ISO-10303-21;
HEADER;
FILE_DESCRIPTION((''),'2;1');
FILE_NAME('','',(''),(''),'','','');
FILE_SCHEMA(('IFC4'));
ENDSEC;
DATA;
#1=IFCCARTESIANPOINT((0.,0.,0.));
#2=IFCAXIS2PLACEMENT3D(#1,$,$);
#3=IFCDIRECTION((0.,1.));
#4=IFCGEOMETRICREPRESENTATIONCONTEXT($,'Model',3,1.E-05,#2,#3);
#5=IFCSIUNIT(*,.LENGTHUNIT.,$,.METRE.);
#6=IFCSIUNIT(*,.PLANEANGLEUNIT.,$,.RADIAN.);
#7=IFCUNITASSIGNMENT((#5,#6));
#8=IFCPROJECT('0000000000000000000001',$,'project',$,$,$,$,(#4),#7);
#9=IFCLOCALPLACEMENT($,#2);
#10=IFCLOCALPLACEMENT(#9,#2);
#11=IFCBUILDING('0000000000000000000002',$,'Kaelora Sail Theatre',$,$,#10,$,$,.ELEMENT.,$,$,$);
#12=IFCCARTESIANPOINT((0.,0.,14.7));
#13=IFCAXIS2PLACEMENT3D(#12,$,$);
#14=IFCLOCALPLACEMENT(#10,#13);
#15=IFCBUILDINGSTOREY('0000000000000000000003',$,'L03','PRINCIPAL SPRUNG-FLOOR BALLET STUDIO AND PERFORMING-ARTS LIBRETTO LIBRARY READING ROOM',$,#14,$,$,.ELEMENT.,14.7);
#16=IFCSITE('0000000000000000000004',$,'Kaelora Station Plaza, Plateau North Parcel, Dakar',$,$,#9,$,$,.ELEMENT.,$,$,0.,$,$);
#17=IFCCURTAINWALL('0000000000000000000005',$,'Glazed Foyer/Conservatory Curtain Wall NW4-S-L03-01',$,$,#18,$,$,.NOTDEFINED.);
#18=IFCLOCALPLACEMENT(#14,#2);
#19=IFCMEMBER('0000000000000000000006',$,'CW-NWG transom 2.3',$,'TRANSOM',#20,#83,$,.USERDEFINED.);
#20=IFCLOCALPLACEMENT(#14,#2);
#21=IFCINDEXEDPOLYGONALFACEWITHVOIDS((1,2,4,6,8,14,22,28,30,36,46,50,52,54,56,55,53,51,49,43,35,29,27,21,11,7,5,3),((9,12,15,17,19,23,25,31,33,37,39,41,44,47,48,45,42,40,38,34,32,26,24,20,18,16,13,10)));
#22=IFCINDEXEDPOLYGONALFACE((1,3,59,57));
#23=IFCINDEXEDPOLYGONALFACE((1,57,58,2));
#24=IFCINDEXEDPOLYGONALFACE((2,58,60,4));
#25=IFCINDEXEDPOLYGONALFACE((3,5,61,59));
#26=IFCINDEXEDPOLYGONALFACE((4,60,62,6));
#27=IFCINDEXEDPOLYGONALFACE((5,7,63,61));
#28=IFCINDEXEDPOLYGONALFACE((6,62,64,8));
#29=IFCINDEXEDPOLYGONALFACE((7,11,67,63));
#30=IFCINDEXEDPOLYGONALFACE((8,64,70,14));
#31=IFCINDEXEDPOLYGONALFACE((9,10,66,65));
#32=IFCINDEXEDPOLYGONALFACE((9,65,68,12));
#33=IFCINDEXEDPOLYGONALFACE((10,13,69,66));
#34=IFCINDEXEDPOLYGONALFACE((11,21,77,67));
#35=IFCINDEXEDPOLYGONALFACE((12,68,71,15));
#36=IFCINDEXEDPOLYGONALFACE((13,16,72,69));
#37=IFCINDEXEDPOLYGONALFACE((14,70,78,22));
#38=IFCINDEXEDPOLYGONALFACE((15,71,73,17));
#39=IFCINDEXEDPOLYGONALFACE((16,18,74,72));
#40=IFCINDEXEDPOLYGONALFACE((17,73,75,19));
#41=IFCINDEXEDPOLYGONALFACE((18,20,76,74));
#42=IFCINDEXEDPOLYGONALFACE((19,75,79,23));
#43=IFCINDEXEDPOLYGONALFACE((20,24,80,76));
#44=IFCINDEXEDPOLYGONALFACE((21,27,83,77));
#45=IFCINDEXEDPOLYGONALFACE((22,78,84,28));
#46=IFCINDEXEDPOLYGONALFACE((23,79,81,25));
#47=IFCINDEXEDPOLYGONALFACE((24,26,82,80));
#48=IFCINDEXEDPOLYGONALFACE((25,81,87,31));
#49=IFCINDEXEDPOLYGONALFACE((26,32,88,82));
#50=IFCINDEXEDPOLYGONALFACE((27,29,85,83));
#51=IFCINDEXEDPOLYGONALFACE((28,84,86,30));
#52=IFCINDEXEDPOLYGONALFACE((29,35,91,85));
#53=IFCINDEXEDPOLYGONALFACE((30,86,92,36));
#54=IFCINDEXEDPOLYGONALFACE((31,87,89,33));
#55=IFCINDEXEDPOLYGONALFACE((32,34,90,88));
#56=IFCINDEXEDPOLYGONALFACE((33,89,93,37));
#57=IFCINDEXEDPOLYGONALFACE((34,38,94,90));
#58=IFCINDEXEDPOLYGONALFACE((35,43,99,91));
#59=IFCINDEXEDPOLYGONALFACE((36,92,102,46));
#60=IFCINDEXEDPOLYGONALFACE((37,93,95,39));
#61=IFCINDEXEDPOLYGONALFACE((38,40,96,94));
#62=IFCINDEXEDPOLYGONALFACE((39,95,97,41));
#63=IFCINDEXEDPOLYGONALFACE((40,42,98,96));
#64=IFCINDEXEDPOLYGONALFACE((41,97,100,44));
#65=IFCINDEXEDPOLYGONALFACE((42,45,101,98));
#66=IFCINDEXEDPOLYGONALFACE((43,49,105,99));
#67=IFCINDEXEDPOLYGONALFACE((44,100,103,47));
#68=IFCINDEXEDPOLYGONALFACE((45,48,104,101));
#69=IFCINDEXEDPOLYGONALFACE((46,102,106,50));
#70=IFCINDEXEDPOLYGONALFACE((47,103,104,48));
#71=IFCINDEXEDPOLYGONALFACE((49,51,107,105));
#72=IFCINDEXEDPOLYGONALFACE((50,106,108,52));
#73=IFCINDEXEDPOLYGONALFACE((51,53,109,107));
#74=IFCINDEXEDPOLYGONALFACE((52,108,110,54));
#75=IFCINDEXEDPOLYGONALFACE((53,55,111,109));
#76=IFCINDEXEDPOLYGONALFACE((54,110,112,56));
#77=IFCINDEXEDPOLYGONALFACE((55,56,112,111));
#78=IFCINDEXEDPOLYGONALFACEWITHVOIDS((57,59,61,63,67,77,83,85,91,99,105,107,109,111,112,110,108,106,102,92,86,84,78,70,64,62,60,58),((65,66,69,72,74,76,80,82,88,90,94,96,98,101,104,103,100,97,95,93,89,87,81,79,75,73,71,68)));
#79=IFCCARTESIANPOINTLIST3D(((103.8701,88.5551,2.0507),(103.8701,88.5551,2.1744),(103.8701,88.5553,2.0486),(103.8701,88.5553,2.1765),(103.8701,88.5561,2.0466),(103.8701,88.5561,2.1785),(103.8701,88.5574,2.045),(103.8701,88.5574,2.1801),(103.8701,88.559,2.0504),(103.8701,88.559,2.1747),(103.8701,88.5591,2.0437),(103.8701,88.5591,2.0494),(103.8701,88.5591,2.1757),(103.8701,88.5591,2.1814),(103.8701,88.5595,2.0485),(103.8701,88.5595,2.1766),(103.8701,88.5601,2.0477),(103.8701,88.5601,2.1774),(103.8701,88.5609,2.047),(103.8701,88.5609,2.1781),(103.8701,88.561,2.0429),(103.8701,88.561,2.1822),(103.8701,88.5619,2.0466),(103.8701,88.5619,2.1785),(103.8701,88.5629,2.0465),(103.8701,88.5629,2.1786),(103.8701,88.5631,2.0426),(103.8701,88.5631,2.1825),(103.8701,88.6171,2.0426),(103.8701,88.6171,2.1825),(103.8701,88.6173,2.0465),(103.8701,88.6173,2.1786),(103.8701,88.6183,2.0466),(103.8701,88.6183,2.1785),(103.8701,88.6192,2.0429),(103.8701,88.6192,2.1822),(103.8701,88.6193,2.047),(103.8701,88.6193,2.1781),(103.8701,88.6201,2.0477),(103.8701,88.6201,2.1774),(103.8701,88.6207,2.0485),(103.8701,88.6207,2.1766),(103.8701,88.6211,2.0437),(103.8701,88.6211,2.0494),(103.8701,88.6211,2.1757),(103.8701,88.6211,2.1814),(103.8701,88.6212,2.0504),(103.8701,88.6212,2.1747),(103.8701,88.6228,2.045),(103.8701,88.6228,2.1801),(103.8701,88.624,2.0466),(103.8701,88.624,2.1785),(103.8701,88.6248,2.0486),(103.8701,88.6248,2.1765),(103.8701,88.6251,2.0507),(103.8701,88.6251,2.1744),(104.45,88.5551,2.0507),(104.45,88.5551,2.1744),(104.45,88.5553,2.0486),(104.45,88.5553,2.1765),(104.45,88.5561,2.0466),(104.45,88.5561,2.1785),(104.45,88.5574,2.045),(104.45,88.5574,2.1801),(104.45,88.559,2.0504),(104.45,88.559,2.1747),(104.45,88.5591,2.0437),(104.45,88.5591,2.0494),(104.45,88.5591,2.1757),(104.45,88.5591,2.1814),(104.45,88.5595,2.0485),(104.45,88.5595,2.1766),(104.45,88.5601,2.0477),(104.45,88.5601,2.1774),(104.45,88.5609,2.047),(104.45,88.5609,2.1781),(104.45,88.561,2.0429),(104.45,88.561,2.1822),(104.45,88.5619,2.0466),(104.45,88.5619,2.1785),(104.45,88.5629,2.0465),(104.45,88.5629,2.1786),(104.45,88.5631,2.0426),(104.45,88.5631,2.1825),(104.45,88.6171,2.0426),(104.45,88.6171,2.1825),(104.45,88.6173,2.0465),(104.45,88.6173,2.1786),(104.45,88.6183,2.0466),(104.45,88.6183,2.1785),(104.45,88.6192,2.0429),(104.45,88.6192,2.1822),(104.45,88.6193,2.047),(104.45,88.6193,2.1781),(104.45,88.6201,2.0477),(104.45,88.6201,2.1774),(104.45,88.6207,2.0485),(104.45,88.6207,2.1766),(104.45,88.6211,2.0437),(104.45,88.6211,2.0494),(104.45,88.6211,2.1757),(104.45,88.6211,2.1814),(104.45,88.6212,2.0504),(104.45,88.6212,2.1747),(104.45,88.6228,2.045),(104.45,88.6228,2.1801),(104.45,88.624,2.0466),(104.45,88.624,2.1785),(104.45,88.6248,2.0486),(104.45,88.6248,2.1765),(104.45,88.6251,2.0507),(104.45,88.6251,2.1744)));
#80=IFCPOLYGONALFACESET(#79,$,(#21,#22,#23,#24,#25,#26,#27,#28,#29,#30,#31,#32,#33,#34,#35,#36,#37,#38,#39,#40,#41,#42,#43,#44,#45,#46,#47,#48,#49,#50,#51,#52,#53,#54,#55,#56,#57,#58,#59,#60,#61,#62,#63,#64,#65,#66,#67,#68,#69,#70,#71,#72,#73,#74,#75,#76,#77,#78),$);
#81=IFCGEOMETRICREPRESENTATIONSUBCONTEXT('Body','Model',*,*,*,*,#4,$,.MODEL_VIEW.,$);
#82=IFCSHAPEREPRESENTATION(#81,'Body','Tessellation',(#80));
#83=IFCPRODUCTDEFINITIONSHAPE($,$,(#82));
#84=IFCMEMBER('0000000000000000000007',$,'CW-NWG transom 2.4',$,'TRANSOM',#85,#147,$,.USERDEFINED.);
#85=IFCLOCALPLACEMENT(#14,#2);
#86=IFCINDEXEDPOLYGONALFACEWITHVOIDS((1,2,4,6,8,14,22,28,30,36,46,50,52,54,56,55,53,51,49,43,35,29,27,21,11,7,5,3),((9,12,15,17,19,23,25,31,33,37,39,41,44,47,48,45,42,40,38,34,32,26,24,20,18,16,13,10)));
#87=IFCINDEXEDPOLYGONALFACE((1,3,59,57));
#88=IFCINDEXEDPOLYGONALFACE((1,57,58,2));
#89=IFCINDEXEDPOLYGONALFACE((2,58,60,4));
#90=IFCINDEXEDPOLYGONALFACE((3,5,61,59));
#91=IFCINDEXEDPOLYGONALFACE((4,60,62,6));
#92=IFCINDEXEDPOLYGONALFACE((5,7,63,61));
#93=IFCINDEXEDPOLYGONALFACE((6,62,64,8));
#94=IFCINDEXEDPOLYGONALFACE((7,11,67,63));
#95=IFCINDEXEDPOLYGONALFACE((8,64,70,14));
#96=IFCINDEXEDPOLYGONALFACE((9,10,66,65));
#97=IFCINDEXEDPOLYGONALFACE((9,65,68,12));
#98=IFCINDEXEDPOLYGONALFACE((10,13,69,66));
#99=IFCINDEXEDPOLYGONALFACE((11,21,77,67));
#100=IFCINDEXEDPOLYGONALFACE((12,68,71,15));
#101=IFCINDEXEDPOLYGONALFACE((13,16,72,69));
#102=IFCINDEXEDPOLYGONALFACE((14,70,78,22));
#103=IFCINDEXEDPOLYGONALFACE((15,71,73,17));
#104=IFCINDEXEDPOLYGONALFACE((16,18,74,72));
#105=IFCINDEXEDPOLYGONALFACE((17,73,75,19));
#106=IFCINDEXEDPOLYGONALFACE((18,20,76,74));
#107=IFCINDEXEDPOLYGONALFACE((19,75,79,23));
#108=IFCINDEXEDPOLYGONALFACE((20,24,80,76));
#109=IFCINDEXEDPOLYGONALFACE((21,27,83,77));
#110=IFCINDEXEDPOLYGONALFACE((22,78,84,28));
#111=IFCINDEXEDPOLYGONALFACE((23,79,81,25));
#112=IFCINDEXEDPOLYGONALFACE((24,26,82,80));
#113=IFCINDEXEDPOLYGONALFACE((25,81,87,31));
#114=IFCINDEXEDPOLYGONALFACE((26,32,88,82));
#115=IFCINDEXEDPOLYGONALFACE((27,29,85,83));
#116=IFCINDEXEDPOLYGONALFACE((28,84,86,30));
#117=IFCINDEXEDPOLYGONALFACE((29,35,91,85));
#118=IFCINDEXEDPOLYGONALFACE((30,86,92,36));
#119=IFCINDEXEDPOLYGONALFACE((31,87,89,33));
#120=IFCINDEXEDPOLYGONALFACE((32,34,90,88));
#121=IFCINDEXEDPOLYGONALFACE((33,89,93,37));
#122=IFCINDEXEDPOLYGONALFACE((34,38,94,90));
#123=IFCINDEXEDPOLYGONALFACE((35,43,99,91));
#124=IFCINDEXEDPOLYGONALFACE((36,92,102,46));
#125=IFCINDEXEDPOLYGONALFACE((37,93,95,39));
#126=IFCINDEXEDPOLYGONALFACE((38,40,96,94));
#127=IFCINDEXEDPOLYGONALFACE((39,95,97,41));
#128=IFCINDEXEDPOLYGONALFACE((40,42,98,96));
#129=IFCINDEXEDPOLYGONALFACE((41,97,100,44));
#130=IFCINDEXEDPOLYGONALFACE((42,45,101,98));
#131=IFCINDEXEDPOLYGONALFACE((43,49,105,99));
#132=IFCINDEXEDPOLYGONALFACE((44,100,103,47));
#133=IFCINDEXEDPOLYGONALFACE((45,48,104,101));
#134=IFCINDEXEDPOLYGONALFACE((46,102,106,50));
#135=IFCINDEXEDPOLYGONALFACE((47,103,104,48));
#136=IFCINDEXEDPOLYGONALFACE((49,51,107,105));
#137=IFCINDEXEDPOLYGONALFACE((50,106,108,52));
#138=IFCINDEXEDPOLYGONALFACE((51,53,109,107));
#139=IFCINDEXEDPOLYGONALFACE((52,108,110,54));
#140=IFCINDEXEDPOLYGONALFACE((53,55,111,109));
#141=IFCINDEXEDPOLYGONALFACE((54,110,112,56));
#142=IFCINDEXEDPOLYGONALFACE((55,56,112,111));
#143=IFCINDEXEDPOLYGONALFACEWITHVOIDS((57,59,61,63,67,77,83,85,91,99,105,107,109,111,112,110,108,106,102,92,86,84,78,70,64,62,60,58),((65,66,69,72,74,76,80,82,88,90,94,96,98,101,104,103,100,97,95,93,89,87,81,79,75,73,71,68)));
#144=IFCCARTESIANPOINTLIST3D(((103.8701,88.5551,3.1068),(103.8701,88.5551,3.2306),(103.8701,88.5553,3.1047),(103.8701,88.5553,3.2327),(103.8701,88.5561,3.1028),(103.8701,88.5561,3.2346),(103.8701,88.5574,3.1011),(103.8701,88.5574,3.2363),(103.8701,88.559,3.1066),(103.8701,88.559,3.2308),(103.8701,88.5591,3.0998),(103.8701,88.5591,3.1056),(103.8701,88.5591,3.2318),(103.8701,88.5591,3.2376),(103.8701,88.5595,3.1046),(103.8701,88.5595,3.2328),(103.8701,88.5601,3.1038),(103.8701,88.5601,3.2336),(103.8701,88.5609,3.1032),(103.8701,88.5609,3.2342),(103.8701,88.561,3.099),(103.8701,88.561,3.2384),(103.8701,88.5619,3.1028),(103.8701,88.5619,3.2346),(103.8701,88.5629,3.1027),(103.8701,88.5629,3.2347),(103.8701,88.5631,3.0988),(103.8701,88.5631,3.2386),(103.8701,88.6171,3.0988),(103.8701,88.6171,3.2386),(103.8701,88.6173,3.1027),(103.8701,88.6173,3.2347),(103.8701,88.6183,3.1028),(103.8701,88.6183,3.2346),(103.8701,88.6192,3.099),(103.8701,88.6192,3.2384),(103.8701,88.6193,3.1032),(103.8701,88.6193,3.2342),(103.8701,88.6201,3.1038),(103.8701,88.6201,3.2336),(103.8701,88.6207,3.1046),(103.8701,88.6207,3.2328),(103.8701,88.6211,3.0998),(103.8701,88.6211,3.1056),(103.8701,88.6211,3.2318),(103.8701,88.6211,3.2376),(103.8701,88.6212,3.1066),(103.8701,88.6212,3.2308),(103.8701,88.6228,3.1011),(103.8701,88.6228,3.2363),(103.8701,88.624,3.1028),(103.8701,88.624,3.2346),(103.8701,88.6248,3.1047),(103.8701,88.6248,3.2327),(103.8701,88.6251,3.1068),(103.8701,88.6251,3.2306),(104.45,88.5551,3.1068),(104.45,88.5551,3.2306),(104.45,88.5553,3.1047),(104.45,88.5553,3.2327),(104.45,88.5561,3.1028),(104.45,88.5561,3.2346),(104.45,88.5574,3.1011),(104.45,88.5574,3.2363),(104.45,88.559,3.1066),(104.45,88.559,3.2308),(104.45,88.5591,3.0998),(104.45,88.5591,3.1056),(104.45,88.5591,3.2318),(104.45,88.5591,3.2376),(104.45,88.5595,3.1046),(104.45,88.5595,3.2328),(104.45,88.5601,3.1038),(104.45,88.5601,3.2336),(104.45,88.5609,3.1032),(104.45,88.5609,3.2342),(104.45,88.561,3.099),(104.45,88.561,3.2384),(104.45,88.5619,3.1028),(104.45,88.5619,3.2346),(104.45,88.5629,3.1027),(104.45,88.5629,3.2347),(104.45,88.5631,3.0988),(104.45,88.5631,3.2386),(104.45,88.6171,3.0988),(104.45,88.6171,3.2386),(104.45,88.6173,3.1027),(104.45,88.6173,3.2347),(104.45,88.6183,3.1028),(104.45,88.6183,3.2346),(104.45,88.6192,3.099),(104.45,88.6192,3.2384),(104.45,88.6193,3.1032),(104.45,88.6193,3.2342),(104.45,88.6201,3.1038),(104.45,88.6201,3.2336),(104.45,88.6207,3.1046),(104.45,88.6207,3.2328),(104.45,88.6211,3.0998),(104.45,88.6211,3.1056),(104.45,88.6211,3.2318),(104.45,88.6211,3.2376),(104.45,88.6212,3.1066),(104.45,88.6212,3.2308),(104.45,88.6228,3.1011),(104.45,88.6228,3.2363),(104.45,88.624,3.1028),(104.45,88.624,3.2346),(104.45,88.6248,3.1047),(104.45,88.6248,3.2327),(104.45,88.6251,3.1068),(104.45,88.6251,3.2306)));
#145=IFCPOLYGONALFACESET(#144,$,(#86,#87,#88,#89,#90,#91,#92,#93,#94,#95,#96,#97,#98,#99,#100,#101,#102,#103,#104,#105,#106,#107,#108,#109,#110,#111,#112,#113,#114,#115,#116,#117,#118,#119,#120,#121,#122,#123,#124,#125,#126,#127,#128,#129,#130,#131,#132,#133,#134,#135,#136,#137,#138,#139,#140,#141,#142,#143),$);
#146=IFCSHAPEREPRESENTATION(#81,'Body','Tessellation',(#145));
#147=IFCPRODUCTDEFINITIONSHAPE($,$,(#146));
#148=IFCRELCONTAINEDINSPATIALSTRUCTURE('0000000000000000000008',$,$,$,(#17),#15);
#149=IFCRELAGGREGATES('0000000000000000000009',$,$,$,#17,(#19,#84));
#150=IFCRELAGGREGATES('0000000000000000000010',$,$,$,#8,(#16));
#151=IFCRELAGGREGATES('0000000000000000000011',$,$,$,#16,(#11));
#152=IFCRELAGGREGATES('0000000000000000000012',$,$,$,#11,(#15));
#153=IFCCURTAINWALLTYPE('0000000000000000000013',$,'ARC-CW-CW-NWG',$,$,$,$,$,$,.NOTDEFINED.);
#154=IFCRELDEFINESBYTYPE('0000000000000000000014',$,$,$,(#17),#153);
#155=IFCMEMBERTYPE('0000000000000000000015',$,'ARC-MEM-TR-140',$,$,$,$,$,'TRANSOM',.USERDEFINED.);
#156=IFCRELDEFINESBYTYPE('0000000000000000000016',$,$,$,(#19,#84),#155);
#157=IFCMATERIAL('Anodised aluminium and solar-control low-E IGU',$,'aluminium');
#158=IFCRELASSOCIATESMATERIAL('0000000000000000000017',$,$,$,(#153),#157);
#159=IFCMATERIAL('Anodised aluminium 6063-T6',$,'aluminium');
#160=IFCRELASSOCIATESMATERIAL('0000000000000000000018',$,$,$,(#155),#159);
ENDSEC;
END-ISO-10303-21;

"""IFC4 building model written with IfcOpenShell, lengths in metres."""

from ifc_helpers import new_model, si_unit, direction, frame, origin, origin_2d, place, context, subcontext, project, spatial, hollow_rectangle, extrude, material, material_profile, profile_set, type_object, element, aggregate, save


model = new_model("IFC4")

# Units and contexts
model_context = context("Model", 3, precision=1e-05, world=origin(), true_north=direction((0.0, 1.0)))
body_context = subcontext(model_context, "Body", "Model", "MODEL_VIEW")
ifc_project = project(units=[si_unit("LENGTHUNIT", "METRE"), si_unit("PLANEANGLEUNIT", "RADIAN")], contexts=[model_context])

# Site, building, storey
site_placement = place(None, origin())
site = spatial("IfcSite", under=ifc_project, at=site_placement, Name="Kaelora Station Plaza, Plateau North Parcel, Dakar", CompositionType="ELEMENT", RefElevation=0.0)
building_placement = place(site_placement, origin())
building = spatial("IfcBuilding", under=site, at=building_placement, Name="Kaelora Sail Theatre", CompositionType="ELEMENT")
storey_placement = place(building_placement, frame((0.0, 0.0, 14.7)))
storey = spatial("IfcBuildingStorey", under=building, at=storey_placement, Name="L03", Description="PRINCIPAL SPRUNG-FLOOR BALLET STUDIO AND PERFORMING-ARTS LIBRETTO LIBRARY READING ROOM", CompositionType="ELEMENT", Elevation=14.7)

# Curtain wall
ifc_material_1 = material(Name="Anodised aluminium and solar-control low-E IGU", Category="aluminium")
curtain_wall_type_1 = type_object("IfcCurtainWallType", Name="ARC-CW-CW-NWG", PredefinedType="NOTDEFINED", material=ifc_material_1)
curtain_wall_1_placement = place(storey_placement, origin())
curtain_wall_1 = element("IfcCurtainWall", 1, at=curtain_wall_1_placement, inside=storey, type_object=curtain_wall_type_1, Name="Glazed Foyer/Conservatory Curtain Wall NW4-S-L03-01", PredefinedType="NOTDEFINED")

# Members
ifc_material_2 = material(Name="Anodised aluminium 6063-T6", Category="aluminium")
ifc_material_profile_1 = material_profile(ifc_material_2, hollow_rectangle(XDim=0.0701, YDim=0.1399, WallThickness=0.0039, InnerFilletRadius=0.0039, OuterFilletRadius=0.0081, at=origin_2d()), Name="ALU-TRAN 70x140x4")
ifc_profile_set_1 = profile_set([ifc_material_profile_1], Name="Anodised aluminium 6063-T6")
member_type_1 = type_object("IfcMemberType", Name="ARC-MEM-TR-140", ElementType="TRANSOM", PredefinedType="USERDEFINED", material=ifc_profile_set_1)
member_1_placement = place(storey_placement, frame((103.8701, 88.5901, 2.1125), z_axis=(1.0, 0.0, 0.0), x_axis=(0.0, 1.0, 0.0)))
member_1 = element("IfcMember", 2, at=member_1_placement, type_object=member_type_1, Name="CW-NWG transom 2.3", ObjectType="TRANSOM", PredefinedType="USERDEFINED", context=body_context, shape_type="SweptSolid", body=[
    extrude(hollow_rectangle(XDim=0.0701, YDim=0.1399, WallThickness=0.0039, InnerFilletRadius=0.0039, OuterFilletRadius=0.0081, at=origin_2d()), origin(), (0.0, 0.0, 1.0), 0.5798),
])
member_2_placement = place(storey_placement, frame((103.8701, 88.5901, 3.1687), z_axis=(1.0, 0.0, 0.0), x_axis=(0.0, 1.0, 0.0)))
member_2 = element("IfcMember", 3, at=member_2_placement, type_object=member_type_1, Name="CW-NWG transom 2.4", ObjectType="TRANSOM", PredefinedType="USERDEFINED", context=body_context, shape_type="SweptSolid", body=[
    extrude(hollow_rectangle(XDim=0.0701, YDim=0.1399, WallThickness=0.0039, InnerFilletRadius=0.0039, OuterFilletRadius=0.0081, at=origin_2d()), origin(), (0.0, 0.0, 1.0), 0.5798),
])

aggregate(curtain_wall_1, [member_1, member_2])

save(model, "model.ifc")
